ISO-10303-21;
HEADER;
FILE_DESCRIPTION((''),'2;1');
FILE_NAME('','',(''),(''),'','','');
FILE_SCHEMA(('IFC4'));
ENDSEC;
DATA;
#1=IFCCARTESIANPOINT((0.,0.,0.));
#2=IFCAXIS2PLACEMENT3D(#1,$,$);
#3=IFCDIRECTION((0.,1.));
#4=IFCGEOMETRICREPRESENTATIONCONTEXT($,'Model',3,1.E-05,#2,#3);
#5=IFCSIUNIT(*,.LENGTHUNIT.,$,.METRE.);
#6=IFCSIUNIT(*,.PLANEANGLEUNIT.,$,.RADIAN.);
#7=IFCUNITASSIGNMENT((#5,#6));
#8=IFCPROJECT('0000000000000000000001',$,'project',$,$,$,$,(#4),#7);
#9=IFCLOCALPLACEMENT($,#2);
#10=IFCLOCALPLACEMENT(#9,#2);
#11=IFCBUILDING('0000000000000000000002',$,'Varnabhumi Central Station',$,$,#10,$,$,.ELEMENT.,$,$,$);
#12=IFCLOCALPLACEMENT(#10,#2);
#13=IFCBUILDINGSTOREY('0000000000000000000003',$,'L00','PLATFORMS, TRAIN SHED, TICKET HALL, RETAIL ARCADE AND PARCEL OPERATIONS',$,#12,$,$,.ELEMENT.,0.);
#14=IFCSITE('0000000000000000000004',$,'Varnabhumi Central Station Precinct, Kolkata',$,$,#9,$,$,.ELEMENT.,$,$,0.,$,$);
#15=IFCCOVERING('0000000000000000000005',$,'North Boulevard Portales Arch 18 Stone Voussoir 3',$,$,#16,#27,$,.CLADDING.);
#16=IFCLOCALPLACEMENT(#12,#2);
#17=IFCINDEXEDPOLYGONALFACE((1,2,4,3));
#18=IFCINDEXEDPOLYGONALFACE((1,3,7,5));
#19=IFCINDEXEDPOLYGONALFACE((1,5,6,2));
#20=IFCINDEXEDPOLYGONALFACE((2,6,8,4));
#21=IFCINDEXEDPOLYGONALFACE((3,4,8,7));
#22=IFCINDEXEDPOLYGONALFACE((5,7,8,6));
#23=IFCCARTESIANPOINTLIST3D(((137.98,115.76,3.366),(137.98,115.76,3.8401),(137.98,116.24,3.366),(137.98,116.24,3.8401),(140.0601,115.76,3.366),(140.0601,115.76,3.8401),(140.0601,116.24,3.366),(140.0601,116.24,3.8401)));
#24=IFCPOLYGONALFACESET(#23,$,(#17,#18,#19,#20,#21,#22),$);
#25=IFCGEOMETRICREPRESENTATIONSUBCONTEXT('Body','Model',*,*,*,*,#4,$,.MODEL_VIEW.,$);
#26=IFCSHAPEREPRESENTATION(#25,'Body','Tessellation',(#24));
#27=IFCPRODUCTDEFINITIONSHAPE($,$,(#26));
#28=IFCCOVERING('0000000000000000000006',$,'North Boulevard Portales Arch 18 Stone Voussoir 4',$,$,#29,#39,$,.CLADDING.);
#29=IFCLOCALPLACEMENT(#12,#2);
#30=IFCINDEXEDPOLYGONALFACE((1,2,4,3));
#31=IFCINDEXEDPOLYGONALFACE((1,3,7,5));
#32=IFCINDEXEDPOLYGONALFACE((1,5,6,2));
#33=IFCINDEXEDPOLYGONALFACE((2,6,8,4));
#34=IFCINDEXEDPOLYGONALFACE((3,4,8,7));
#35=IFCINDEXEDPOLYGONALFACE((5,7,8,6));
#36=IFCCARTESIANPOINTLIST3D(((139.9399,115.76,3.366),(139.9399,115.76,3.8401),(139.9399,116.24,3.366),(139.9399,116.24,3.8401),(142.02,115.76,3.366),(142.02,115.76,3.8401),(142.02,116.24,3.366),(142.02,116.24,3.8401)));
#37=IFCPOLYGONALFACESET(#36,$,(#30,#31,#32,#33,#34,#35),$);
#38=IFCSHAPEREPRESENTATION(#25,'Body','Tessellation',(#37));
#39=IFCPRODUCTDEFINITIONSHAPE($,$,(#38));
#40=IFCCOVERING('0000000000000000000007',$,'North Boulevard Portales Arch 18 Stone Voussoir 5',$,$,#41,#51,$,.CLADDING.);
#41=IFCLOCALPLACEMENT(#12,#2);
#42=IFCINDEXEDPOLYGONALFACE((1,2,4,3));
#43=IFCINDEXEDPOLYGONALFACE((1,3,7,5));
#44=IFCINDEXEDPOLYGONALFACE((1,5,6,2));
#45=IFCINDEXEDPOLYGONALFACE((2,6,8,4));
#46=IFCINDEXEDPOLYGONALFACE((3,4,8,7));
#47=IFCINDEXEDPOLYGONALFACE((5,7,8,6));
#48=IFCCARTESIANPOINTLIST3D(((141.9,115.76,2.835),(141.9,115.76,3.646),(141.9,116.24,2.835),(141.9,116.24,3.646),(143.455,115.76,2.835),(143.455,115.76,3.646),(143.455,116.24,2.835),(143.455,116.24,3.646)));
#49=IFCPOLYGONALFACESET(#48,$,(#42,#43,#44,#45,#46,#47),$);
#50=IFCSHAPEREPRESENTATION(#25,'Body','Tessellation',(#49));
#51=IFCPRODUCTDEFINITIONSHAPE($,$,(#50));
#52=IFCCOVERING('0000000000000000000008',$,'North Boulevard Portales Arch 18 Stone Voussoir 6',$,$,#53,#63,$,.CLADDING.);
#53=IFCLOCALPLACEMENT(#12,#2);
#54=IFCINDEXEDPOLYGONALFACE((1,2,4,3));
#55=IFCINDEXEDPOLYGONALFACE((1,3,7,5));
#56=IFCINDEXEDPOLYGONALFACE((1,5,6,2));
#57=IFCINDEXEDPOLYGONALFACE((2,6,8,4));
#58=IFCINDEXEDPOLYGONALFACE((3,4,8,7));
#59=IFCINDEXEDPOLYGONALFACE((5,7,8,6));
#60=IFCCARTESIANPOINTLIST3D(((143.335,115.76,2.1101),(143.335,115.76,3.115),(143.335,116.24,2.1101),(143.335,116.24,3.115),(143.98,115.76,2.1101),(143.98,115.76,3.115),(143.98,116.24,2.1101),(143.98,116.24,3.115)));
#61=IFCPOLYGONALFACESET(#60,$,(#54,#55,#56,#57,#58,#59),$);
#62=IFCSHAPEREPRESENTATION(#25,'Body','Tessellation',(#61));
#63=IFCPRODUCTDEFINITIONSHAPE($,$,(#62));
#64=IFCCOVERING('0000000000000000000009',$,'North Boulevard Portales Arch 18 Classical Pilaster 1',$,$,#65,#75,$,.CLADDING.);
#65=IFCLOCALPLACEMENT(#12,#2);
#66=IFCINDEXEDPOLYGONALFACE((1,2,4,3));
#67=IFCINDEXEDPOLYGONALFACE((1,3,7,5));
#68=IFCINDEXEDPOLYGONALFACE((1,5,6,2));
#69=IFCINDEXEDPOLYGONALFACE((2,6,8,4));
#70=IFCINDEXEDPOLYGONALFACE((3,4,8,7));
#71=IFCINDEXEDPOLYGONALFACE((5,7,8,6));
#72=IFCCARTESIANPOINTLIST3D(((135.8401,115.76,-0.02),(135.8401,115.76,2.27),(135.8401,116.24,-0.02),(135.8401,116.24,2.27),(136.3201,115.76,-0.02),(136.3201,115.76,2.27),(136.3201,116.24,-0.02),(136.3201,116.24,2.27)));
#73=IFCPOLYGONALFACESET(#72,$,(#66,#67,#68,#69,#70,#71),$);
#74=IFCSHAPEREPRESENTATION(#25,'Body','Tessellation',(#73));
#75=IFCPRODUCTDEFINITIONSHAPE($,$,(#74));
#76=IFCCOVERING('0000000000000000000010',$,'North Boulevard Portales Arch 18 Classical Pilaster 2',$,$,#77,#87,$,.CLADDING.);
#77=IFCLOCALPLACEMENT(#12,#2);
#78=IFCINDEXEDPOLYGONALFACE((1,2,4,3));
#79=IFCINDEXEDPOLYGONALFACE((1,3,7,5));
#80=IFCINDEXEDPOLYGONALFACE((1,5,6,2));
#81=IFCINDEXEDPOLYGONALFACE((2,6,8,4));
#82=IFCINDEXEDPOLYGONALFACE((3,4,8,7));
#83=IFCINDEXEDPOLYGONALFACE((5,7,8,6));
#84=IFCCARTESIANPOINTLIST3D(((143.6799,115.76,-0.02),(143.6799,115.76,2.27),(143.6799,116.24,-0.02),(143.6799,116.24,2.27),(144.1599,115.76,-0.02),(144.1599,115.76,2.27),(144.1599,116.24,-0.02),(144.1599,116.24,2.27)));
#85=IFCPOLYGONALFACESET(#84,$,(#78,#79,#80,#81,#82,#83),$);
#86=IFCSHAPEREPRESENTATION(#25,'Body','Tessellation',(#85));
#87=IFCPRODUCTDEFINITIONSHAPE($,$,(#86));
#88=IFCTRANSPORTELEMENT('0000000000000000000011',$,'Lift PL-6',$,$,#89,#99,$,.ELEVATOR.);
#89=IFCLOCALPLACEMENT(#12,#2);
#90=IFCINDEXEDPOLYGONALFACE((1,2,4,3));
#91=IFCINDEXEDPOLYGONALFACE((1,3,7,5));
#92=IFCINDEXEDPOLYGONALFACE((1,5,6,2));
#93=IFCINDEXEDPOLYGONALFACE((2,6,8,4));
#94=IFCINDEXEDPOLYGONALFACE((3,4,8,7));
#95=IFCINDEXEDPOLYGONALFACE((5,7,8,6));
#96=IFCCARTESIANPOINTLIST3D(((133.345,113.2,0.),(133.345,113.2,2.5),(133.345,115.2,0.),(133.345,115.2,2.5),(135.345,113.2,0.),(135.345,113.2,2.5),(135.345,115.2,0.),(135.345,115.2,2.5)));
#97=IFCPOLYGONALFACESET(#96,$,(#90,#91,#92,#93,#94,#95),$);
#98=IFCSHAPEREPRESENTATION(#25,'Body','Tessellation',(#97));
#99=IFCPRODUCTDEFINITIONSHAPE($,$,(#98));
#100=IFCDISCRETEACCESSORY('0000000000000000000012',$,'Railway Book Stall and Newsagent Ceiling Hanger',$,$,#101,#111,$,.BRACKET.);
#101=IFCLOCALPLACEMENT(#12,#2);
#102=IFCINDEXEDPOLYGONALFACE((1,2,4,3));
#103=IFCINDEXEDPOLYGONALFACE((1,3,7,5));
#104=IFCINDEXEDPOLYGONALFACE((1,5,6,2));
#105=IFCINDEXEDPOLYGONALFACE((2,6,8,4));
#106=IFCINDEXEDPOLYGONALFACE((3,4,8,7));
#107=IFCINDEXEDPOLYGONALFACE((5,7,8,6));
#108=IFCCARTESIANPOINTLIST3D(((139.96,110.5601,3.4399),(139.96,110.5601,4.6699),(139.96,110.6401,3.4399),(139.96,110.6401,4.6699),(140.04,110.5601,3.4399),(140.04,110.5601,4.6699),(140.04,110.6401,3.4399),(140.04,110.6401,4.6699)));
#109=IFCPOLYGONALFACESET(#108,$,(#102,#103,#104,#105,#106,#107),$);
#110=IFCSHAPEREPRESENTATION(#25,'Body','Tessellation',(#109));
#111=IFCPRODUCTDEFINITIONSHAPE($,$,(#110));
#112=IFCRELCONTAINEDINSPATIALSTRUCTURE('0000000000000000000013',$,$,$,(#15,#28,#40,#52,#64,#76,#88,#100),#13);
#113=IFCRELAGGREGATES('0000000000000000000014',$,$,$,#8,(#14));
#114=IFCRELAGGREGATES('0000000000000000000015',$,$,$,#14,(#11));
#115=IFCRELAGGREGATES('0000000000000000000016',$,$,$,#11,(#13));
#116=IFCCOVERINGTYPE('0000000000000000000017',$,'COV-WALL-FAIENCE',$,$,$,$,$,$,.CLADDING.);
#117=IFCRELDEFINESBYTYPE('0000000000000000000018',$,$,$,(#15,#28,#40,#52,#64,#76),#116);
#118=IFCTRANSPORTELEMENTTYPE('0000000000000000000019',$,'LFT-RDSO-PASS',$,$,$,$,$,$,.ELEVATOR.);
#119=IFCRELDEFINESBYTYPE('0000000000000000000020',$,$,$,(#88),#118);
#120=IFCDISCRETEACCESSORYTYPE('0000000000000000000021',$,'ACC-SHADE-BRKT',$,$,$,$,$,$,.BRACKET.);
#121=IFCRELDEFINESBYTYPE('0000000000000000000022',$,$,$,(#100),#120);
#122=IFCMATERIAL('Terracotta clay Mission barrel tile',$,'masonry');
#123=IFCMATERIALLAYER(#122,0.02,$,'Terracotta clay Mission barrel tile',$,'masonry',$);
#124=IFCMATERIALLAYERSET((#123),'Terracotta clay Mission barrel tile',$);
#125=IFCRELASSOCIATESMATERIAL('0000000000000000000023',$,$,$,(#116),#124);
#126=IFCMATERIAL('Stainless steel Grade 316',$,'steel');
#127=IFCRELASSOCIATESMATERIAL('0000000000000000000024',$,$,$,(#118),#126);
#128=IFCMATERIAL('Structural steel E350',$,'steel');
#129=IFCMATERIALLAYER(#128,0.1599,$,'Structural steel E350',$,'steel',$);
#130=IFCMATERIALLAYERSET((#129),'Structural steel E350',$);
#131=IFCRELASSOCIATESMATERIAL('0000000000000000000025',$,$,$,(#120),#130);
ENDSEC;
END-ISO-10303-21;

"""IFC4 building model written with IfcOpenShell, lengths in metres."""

from ifc_helpers import new_model, si_unit, direction, frame, origin, origin_2d, place, context, subcontext, project, spatial, rectangle, extrude, material, layer, layer_set, type_object, element, save


model = new_model("IFC4")

# Units and contexts
model_context = context("Model", 3, precision=1e-05, world=origin(), true_north=direction((0.0, 1.0)))
body_context = subcontext(model_context, "Body", "Model", "MODEL_VIEW")
ifc_project = project(units=[si_unit("LENGTHUNIT", "METRE"), si_unit("PLANEANGLEUNIT", "RADIAN")], contexts=[model_context])

# Site, building, storey
site_placement = place(None, origin())
site = spatial("IfcSite", under=ifc_project, at=site_placement, Name="Varnabhumi Central Station Precinct, Kolkata", CompositionType="ELEMENT", RefElevation=0.0)
building_placement = place(site_placement, origin())
building = spatial("IfcBuilding", under=site, at=building_placement, Name="Varnabhumi Central Station", CompositionType="ELEMENT")
storey_placement = place(building_placement, origin())
storey = spatial("IfcBuildingStorey", under=building, at=storey_placement, Name="L00", Description="PLATFORMS, TRAIN SHED, TICKET HALL, RETAIL ARCADE AND PARCEL OPERATIONS", CompositionType="ELEMENT", Elevation=0.0)

# Shared definitions
ifc_material_1 = material(Name="Structural steel E350", Category="steel")

# Coverings
ifc_material_2 = material(Name="Terracotta clay Mission barrel tile", Category="masonry")
ifc_layer_1 = layer(ifc_material_2, 0.02, Name="Terracotta clay Mission barrel tile", Category="masonry")
ifc_layer_set_1 = layer_set([ifc_layer_1], Name="Terracotta clay Mission barrel tile")
covering_type = type_object("IfcCoveringType", Name="COV-WALL-FAIENCE", PredefinedType="CLADDING", material=ifc_layer_set_1)
for number, where, z_axis, x_axis, name in (
    (1, (139.02, 116.0, 3.366), (0.0, 0.0, 1.0), (1.0, 0.0, 0.0), "North Boulevard Portales Arch 18 Stone Voussoir 3"),
    (2, (140.98, 116.0, 3.366), (0.0, 0.0, 1.0), (1.0, 0.0, 0.0), "North Boulevard Portales Arch 18 Stone Voussoir 4"),
):
    element("IfcCovering", number, at=place(storey_placement, frame(where, z_axis=z_axis, x_axis=x_axis)), inside=storey, type_object=covering_type, Name=name, PredefinedType="CLADDING", context=body_context, shape_type="SweptSolid", body=[
        extrude(rectangle(XDim=2.0801, YDim=0.48, at=origin_2d()), origin(), (0.0, 0.0, 1.0), 0.4741),
    ])
covering_1_placement = place(storey_placement, frame((142.6775, 116.0, 2.835), z_axis=(0.0, 0.0, 1.0), x_axis=(1.0, 0.0, 0.0)))
element("IfcCovering", 3, at=covering_1_placement, inside=storey, type_object=covering_type, Name="North Boulevard Portales Arch 18 Stone Voussoir 5", PredefinedType="CLADDING", context=body_context, shape_type="SweptSolid", body=[
    extrude(rectangle(XDim=1.5549, YDim=0.48, at=origin_2d()), origin(), (0.0, 0.0, 1.0), 0.811),
])
covering_2_placement = place(storey_placement, frame((143.6575, 116.0, 2.1101), z_axis=(0.0, 0.0, 1.0), x_axis=(1.0, 0.0, 0.0)))
element("IfcCovering", 4, at=covering_2_placement, inside=storey, type_object=covering_type, Name="North Boulevard Portales Arch 18 Stone Voussoir 6", PredefinedType="CLADDING", context=body_context, shape_type="SweptSolid", body=[
    extrude(rectangle(XDim=0.645, YDim=0.48, at=origin_2d()), origin(), (0.0, 0.0, 1.0), 1.0049),
])
for number, where, z_axis, x_axis, name in (
    (5, (136.0801, 116.0, -0.02), (0.0, 0.0, 1.0), (1.0, 0.0, 0.0), "North Boulevard Portales Arch 18 Classical Pilaster 1"),
    (6, (143.9199, 116.0, -0.02), (0.0, 0.0, 1.0), (1.0, 0.0, 0.0), "North Boulevard Portales Arch 18 Classical Pilaster 2"),
):
    element("IfcCovering", number, at=place(storey_placement, frame(where, z_axis=z_axis, x_axis=x_axis)), inside=storey, type_object=covering_type, Name=name, PredefinedType="CLADDING", context=body_context, shape_type="SweptSolid", body=[
        extrude(rectangle(XDim=0.48, YDim=0.48, at=origin_2d()), origin(), (0.0, 0.0, 1.0), 2.29),
    ])

# Transport element
ifc_material_3 = material(Name="Stainless steel Grade 316", Category="steel")
transport_element_type = type_object("IfcTransportElementType", Name="LFT-RDSO-PASS", PredefinedType="ELEVATOR", material=ifc_material_3)
transport_element_placement = place(storey_placement, frame((134.345, 114.2, 0.0), z_axis=(0.0, 0.0, 1.0), x_axis=(1.0, 0.0, 0.0)))
element("IfcTransportElement", 7, at=transport_element_placement, inside=storey, type_object=transport_element_type, Name="Lift PL-6", PredefinedType="ELEVATOR", context=body_context, shape_type="SweptSolid", body=[
    extrude(rectangle(XDim=2.0, YDim=2.0, at=origin_2d()), origin(), (0.0, 0.0, 1.0), 2.5),
])

# Discrete accessory
ifc_layer_2 = layer(ifc_material_1, 0.1599, Name="Structural steel E350", Category="steel")
ifc_layer_set_2 = layer_set([ifc_layer_2], Name="Structural steel E350")
discrete_accessory_type = type_object("IfcDiscreteAccessoryType", Name="ACC-SHADE-BRKT", PredefinedType="BRACKET", material=ifc_layer_set_2)
discrete_accessory_placement = place(storey_placement, frame((140.0, 110.6001, 3.4399), z_axis=(0.0, 0.0, 1.0), x_axis=(1.0, 0.0, 0.0)))
element("IfcDiscreteAccessory", 8, at=discrete_accessory_placement, inside=storey, type_object=discrete_accessory_type, Name="Railway Book Stall and Newsagent Ceiling Hanger", PredefinedType="BRACKET", context=body_context, shape_type="SweptSolid", body=[
    extrude(rectangle(XDim=0.0801, YDim=0.0801, at=origin_2d()), origin(), (0.0, 0.0, 1.0), 1.23),
])

save(model, "model.ifc")
